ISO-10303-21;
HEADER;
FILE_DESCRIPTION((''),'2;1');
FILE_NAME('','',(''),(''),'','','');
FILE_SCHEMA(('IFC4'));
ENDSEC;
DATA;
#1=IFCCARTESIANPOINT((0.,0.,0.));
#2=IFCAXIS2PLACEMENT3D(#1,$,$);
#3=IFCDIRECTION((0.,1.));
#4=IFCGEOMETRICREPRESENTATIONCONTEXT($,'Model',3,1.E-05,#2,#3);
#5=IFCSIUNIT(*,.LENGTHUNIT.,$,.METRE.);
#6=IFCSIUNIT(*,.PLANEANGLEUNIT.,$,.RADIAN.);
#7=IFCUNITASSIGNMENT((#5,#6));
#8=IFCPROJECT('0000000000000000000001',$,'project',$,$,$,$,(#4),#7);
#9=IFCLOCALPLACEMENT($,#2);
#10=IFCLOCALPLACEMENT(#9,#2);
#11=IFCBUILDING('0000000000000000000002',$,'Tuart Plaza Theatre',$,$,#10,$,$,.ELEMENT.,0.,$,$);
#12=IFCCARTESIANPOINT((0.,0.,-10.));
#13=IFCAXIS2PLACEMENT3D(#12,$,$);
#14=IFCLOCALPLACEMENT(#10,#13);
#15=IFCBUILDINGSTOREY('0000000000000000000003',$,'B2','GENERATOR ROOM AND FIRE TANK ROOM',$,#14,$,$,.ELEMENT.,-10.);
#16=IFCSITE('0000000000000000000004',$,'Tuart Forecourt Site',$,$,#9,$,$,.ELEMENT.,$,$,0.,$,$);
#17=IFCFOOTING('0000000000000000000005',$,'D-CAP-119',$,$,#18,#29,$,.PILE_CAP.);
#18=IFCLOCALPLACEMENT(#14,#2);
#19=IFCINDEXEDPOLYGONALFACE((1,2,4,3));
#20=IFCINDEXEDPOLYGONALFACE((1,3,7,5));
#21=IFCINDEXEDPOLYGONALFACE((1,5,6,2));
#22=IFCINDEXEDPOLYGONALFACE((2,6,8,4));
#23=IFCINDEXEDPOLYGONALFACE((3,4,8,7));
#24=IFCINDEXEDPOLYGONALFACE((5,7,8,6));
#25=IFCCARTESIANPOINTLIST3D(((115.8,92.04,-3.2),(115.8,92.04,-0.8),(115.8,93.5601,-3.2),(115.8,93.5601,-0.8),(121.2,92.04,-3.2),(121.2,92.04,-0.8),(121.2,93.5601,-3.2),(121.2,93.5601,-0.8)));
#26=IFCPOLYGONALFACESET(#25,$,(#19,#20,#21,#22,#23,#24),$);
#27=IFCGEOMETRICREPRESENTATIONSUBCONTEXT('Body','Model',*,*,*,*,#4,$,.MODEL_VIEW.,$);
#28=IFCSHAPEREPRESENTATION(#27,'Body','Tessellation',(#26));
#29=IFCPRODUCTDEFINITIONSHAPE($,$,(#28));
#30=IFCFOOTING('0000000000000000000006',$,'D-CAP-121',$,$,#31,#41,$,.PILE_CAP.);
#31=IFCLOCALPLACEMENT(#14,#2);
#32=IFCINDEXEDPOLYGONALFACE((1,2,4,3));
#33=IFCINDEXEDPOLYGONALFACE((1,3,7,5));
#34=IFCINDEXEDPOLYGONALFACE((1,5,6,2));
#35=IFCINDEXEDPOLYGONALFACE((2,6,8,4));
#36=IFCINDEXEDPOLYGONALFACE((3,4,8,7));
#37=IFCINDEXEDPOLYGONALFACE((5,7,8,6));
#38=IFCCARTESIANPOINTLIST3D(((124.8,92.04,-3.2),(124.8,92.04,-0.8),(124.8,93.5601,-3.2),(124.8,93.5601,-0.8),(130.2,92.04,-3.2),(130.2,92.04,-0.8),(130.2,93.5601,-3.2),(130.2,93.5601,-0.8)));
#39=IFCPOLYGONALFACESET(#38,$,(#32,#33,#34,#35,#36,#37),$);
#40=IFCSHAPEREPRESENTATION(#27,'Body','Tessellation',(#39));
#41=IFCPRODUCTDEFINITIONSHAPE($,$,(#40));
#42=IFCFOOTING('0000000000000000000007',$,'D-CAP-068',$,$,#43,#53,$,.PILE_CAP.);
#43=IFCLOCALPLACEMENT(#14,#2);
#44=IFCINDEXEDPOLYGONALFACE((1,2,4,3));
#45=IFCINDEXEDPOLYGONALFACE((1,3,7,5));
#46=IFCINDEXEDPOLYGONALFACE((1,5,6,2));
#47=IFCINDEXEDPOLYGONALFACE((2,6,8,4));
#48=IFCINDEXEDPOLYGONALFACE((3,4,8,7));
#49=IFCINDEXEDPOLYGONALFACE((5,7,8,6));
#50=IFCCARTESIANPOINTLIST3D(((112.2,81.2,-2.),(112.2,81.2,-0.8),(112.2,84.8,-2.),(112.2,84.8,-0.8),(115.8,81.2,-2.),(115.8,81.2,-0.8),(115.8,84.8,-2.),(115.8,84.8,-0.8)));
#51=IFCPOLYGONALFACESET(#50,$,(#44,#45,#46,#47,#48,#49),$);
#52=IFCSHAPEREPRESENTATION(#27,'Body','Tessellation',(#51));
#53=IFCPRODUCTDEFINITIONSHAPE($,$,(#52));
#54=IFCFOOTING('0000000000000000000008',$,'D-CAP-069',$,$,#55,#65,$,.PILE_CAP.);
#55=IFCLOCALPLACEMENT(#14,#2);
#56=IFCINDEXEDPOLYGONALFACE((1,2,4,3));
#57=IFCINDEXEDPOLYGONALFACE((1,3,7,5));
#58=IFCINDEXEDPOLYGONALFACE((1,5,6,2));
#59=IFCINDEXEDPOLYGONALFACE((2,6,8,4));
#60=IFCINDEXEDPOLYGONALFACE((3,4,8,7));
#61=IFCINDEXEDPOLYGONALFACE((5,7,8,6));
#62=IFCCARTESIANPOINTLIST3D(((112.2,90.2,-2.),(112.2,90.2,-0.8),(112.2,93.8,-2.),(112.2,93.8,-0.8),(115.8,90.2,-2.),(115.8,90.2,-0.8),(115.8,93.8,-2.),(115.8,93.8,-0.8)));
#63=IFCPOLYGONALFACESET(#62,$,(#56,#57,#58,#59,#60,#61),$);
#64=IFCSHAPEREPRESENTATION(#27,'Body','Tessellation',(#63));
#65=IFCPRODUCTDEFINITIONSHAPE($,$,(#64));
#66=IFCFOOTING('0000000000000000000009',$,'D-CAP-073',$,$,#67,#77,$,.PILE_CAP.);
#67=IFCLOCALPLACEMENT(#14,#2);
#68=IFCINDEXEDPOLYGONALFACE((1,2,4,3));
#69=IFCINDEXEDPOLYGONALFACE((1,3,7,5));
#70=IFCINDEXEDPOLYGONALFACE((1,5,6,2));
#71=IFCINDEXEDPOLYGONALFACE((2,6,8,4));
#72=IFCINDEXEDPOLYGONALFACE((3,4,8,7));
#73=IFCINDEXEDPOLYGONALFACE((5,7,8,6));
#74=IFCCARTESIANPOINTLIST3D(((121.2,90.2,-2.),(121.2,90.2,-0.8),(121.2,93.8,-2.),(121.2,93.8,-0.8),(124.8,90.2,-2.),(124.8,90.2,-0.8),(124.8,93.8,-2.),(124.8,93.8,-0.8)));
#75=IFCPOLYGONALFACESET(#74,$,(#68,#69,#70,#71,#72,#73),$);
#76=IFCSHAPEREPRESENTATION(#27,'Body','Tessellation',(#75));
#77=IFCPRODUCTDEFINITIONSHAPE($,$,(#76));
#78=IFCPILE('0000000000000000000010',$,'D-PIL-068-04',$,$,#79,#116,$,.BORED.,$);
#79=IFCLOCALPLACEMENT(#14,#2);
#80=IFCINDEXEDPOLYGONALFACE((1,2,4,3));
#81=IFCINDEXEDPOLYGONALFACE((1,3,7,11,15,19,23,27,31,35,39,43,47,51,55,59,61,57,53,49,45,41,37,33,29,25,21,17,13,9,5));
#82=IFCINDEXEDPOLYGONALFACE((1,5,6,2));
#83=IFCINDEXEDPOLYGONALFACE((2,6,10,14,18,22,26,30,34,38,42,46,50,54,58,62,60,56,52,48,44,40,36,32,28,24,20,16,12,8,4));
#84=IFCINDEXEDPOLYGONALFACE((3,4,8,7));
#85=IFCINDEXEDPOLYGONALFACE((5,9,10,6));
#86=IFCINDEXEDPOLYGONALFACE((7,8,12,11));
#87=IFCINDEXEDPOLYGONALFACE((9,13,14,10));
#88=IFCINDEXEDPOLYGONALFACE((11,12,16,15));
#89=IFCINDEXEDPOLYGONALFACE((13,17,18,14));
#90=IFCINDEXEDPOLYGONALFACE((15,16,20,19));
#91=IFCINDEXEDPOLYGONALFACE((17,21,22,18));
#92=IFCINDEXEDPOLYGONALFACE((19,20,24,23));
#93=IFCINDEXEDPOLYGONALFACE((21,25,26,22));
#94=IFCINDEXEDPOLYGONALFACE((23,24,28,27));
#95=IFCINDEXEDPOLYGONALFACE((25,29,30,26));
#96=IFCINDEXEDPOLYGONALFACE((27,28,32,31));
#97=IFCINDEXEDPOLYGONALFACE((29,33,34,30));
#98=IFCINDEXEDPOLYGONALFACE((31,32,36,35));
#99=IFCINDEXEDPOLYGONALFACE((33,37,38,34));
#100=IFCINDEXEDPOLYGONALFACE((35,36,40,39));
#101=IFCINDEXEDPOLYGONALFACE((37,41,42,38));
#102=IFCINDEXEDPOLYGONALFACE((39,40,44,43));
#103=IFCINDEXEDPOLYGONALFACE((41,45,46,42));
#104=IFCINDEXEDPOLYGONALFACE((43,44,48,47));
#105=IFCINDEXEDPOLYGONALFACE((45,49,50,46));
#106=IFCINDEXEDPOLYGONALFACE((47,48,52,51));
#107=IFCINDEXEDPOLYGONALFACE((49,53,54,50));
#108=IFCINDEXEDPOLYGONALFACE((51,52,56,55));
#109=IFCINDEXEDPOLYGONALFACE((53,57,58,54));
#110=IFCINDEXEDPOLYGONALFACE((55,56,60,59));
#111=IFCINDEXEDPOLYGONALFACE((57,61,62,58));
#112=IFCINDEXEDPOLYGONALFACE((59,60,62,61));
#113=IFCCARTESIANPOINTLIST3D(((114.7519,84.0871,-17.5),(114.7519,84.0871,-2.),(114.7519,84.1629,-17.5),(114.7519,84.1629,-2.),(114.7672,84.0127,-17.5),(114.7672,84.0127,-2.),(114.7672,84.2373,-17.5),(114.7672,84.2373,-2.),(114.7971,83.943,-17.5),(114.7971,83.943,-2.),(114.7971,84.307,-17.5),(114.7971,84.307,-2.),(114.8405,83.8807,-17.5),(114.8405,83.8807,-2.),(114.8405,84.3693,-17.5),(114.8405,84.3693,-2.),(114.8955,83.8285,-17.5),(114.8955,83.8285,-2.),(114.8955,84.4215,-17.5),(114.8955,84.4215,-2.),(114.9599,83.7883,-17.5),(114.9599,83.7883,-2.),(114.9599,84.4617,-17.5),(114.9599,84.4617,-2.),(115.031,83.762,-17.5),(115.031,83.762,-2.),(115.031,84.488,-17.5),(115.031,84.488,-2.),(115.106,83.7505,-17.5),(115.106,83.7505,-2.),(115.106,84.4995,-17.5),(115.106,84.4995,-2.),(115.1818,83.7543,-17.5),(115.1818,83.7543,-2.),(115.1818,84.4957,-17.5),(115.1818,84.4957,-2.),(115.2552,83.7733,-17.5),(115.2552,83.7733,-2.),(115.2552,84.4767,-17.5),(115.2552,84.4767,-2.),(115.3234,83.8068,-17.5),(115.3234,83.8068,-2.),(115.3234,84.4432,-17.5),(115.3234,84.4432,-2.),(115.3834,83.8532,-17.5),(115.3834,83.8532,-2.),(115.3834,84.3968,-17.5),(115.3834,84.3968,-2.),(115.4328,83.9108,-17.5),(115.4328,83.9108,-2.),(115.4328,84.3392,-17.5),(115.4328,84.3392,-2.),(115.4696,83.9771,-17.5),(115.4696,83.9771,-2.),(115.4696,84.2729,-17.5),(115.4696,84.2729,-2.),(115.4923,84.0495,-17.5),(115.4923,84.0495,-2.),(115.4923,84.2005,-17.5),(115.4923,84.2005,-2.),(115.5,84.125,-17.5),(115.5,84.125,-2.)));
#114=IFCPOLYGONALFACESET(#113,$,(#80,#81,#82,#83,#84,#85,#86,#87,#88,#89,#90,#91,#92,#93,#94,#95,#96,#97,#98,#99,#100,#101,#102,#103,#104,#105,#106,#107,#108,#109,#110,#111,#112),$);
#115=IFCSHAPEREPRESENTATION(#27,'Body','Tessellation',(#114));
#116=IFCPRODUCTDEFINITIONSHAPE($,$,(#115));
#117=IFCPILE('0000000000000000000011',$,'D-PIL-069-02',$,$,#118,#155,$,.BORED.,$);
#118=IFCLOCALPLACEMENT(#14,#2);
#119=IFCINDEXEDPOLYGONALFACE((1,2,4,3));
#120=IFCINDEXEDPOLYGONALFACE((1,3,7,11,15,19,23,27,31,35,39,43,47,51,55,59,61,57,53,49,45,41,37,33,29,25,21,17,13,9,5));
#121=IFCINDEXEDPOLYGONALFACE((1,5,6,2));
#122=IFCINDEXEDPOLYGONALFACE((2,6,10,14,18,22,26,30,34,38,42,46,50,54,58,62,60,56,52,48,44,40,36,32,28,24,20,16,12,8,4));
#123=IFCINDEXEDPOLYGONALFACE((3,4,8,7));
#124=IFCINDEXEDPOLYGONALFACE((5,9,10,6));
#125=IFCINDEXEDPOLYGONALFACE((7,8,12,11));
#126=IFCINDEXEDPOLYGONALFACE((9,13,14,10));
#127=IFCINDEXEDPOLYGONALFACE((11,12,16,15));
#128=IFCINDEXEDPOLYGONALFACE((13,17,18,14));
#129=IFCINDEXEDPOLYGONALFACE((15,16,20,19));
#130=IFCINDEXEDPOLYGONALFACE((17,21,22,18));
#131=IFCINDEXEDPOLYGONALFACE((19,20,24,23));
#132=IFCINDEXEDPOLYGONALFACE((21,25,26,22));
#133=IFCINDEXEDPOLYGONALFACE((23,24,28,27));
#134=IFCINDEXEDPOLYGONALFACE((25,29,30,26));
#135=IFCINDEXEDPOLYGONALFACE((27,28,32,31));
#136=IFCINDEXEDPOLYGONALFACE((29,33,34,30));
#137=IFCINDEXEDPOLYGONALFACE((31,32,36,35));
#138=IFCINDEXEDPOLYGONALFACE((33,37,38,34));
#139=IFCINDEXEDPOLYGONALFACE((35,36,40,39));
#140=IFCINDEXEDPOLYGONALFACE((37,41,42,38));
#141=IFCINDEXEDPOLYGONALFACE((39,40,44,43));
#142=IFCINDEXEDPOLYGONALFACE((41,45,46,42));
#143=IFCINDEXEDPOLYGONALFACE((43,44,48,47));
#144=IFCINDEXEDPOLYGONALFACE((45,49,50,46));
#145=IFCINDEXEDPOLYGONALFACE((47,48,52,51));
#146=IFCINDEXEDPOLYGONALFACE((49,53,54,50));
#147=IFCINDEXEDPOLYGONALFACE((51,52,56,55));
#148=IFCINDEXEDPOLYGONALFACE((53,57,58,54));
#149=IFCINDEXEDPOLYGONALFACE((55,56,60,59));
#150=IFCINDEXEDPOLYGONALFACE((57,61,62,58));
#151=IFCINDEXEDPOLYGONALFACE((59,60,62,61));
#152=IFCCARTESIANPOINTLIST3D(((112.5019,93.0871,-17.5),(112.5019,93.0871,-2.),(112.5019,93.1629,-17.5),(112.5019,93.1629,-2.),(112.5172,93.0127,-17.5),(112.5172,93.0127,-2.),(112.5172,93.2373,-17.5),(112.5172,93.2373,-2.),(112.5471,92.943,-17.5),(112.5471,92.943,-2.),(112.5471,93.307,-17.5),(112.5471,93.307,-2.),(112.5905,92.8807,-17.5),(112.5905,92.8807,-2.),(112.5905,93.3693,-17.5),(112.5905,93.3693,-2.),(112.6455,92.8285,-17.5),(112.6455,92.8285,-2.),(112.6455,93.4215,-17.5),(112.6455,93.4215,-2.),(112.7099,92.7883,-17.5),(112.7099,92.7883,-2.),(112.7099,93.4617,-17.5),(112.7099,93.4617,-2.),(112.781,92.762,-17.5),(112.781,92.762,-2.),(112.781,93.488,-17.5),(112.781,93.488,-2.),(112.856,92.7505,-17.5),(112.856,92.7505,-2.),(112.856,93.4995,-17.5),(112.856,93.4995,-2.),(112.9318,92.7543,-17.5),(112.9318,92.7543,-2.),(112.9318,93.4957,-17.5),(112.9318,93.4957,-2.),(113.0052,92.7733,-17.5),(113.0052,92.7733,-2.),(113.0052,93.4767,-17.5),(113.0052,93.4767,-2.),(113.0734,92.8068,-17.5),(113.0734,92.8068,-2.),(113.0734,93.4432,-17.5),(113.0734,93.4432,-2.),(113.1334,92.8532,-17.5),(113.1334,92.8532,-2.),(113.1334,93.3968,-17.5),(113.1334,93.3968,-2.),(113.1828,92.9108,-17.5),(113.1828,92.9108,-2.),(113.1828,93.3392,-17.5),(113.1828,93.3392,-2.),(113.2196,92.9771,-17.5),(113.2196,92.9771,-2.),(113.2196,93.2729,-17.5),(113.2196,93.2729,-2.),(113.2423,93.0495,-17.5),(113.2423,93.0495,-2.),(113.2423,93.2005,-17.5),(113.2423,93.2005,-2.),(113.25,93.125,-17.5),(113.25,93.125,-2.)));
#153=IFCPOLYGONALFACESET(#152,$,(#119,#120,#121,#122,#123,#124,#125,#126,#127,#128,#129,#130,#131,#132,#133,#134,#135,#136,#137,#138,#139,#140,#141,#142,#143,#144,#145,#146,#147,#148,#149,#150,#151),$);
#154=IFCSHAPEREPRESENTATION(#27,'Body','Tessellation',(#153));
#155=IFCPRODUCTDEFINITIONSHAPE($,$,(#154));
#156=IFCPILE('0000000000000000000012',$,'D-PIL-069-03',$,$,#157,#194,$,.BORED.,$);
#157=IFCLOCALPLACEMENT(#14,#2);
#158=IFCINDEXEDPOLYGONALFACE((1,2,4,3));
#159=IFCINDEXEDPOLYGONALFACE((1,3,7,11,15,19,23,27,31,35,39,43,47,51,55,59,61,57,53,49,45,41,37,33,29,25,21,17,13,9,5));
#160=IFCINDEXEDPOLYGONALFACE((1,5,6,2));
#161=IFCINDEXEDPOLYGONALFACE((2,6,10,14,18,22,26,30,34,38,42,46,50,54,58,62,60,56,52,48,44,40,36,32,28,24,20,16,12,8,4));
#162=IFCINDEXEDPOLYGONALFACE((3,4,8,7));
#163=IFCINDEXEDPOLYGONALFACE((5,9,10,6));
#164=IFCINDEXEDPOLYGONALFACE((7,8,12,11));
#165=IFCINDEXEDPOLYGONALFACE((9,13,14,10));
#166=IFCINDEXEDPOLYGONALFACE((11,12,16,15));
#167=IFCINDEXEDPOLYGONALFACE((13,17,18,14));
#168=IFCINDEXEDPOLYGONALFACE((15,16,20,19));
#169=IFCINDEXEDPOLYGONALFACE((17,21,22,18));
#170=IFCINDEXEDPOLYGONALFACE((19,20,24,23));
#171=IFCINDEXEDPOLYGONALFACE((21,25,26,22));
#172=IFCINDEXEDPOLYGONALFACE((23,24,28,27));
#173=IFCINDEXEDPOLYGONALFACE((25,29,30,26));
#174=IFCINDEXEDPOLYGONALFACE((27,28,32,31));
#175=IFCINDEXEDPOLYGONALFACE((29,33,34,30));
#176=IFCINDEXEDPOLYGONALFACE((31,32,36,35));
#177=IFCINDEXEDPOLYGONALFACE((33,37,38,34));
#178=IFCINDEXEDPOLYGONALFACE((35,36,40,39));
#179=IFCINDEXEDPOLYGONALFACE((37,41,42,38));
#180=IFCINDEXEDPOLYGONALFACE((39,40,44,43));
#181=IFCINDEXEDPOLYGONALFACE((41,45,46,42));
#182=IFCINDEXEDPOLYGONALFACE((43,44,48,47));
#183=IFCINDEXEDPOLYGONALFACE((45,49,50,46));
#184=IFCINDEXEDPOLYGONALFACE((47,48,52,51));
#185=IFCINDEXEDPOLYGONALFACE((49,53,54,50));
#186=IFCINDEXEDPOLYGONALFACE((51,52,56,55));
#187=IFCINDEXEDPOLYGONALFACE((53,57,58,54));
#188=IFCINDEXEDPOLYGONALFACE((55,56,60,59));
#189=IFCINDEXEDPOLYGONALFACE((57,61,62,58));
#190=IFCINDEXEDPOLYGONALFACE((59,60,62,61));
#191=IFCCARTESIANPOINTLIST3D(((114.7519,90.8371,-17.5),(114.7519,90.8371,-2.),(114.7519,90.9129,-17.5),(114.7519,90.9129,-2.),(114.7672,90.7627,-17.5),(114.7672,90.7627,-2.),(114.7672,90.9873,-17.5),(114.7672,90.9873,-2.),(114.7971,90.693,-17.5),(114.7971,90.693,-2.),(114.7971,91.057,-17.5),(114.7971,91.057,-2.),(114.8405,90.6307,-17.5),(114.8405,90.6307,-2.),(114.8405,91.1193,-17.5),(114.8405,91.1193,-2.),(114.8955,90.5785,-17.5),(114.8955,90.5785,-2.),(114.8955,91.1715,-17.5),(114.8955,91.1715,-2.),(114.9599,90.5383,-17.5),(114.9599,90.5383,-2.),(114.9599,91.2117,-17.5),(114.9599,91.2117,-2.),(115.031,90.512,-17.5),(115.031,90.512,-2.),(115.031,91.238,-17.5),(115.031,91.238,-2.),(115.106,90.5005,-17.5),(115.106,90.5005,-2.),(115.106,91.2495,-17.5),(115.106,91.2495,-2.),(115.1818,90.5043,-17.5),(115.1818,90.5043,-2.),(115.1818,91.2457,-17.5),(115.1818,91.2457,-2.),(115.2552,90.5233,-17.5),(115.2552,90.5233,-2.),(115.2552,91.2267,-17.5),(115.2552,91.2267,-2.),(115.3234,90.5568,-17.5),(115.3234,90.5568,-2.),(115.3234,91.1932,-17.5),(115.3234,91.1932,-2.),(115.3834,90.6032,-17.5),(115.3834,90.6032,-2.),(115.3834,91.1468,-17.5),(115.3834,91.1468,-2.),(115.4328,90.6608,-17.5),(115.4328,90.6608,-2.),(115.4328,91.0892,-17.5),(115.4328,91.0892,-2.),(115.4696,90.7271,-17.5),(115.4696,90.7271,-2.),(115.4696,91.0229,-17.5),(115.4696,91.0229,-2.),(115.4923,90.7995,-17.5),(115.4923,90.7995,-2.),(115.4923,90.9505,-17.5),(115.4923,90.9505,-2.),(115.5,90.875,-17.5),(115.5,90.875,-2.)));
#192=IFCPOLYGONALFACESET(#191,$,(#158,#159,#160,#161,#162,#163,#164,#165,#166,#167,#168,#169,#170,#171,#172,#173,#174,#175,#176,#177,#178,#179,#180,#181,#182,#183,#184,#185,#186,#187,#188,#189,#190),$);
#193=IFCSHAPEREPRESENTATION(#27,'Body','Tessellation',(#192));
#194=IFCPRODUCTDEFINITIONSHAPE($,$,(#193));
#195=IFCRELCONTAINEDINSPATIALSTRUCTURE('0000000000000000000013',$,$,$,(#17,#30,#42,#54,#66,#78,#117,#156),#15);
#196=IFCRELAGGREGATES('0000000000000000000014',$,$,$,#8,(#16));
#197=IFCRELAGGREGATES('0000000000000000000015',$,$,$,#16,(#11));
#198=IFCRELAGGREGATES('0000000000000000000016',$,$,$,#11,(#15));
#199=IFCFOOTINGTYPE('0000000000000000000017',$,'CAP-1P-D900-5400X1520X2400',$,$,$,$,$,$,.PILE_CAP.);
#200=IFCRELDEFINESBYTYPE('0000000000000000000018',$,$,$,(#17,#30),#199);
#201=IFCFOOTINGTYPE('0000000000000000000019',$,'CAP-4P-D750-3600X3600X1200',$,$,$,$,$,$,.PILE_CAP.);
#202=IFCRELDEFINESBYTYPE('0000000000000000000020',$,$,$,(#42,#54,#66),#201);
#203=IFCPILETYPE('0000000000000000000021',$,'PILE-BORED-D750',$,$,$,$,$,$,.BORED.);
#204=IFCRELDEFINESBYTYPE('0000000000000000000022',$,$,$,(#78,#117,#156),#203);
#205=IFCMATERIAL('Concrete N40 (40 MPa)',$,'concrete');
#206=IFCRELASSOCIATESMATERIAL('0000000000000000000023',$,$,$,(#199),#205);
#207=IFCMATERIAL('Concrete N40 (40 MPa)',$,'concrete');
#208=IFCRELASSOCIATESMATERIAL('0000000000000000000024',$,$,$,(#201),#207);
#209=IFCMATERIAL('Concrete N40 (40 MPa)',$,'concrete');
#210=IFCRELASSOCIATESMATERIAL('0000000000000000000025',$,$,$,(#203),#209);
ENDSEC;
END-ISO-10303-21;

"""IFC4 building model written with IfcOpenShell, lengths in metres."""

from ifc_helpers import new_model, si_unit, direction, frame, origin, origin_2d, place, context, subcontext, project, spatial, rectangle, circle, extrude, material, material_profile, profile_set, type_object, element, save


model = new_model("IFC4")

# Units and contexts
model_context = context("Model", 3, precision=1e-05, world=origin(), true_north=direction((0.0, 1.0)))
body_context = subcontext(model_context, "Body", "Model", "MODEL_VIEW")
ifc_project = project(units=[si_unit("LENGTHUNIT", "METRE"), si_unit("PLANEANGLEUNIT", "RADIAN")], contexts=[model_context])

# Site, building, storey
site_placement = place(None, origin())
site = spatial("IfcSite", under=ifc_project, at=site_placement, Name="Tuart Forecourt Site", CompositionType="ELEMENT", RefElevation=0.0)
building_placement = place(site_placement, origin())
building = spatial("IfcBuilding", under=site, at=building_placement, Name="Tuart Plaza Theatre", CompositionType="ELEMENT", ElevationOfRefHeight=0.0)
storey_placement = place(building_placement, frame((0.0, 0.0, -10.0)))
storey = spatial("IfcBuildingStorey", under=building, at=storey_placement, Name="B2", Description="GENERATOR ROOM AND FIRE TANK ROOM", CompositionType="ELEMENT", Elevation=-10.0)

# Footings
ifc_material_1 = material(Name="Concrete N40 (40 MPa)", Category="concrete")
footing_type_1 = type_object("IfcFootingType", Name="CAP-1P-D900-5400X1520X2400", PredefinedType="PILE_CAP", material=ifc_material_1)
for number, where, z_axis, x_axis, name in (
    (1, (118.5, 92.8, -3.2), (0.0, 0.0, 1.0), (1.0, 0.0, 0.0), "D-CAP-119"),
    (2, (127.5, 92.8, -3.2), (0.0, 0.0, 1.0), (1.0, 0.0, 0.0), "D-CAP-121"),
):
    element("IfcFooting", number, at=place(storey_placement, frame(where, z_axis=z_axis, x_axis=x_axis)), inside=storey, type_object=footing_type_1, Name=name, PredefinedType="PILE_CAP", context=body_context, shape_type="SweptSolid", body=[
        extrude(rectangle(XDim=5.3999, YDim=1.52, at=origin_2d()), origin(), (0.0, 0.0, 1.0), 2.3999),
    ])
ifc_material_2 = material(Name="Concrete N40 (40 MPa)", Category="concrete")
footing_type_2 = type_object("IfcFootingType", Name="CAP-4P-D750-3600X3600X1200", PredefinedType="PILE_CAP", material=ifc_material_2)
for number, where, z_axis, x_axis, name in (
    (3, (114.0, 83.0, -2.0), (0.0, 0.0, 1.0), (0.0, 1.0, 0.0), "D-CAP-068"),
    (4, (114.0, 92.0, -2.0), (0.0, 0.0, 1.0), (0.0, 1.0, 0.0), "D-CAP-069"),
    (5, (123.0, 92.0, -2.0), (0.0, 0.0, 1.0), (0.0, 1.0, 0.0), "D-CAP-073"),
):
    element("IfcFooting", number, at=place(storey_placement, frame(where, z_axis=z_axis, x_axis=x_axis)), inside=storey, type_object=footing_type_2, Name=name, PredefinedType="PILE_CAP", context=body_context, shape_type="SweptSolid", body=[
        extrude(rectangle(XDim=3.6001, YDim=3.6001, at=origin_2d()), origin(), (0.0, 0.0, 1.0), 1.2),
    ])

# Piles
ifc_material_3 = material(Name="Concrete N40 (40 MPa)", Category="concrete")
ifc_material_profile_1 = material_profile(ifc_material_3, circle(Radius=0.375, at=origin_2d()), Name="PILE-BORED-D750")
ifc_profile_set_1 = profile_set([ifc_material_profile_1], Name="Concrete N40 (40 MPa)")
pile_type_1 = type_object("IfcPileType", Name="PILE-BORED-D750", PredefinedType="BORED", material=ifc_profile_set_1)
for number, where, z_axis, x_axis, name in (
    (6, (115.125, 84.125, -2.0), (0.0, 0.0, -1.0), (1.0, 0.0, 0.0), "D-PIL-068-04"),
    (7, (112.875, 93.125, -2.0), (0.0, 0.0, -1.0), (1.0, 0.0, 0.0), "D-PIL-069-02"),
    (8, (115.125, 90.875, -2.0), (0.0, 0.0, -1.0), (1.0, 0.0, 0.0), "D-PIL-069-03"),
):
    element("IfcPile", number, at=place(storey_placement, frame(where, z_axis=z_axis, x_axis=x_axis)), inside=storey, type_object=pile_type_1, Name=name, PredefinedType="BORED", context=body_context, shape_type="SweptSolid", body=[
        extrude(circle(Radius=0.375, at=origin_2d()), origin(), (0.0, 0.0, 1.0), 15.5),
    ])

save(model, "model.ifc")
